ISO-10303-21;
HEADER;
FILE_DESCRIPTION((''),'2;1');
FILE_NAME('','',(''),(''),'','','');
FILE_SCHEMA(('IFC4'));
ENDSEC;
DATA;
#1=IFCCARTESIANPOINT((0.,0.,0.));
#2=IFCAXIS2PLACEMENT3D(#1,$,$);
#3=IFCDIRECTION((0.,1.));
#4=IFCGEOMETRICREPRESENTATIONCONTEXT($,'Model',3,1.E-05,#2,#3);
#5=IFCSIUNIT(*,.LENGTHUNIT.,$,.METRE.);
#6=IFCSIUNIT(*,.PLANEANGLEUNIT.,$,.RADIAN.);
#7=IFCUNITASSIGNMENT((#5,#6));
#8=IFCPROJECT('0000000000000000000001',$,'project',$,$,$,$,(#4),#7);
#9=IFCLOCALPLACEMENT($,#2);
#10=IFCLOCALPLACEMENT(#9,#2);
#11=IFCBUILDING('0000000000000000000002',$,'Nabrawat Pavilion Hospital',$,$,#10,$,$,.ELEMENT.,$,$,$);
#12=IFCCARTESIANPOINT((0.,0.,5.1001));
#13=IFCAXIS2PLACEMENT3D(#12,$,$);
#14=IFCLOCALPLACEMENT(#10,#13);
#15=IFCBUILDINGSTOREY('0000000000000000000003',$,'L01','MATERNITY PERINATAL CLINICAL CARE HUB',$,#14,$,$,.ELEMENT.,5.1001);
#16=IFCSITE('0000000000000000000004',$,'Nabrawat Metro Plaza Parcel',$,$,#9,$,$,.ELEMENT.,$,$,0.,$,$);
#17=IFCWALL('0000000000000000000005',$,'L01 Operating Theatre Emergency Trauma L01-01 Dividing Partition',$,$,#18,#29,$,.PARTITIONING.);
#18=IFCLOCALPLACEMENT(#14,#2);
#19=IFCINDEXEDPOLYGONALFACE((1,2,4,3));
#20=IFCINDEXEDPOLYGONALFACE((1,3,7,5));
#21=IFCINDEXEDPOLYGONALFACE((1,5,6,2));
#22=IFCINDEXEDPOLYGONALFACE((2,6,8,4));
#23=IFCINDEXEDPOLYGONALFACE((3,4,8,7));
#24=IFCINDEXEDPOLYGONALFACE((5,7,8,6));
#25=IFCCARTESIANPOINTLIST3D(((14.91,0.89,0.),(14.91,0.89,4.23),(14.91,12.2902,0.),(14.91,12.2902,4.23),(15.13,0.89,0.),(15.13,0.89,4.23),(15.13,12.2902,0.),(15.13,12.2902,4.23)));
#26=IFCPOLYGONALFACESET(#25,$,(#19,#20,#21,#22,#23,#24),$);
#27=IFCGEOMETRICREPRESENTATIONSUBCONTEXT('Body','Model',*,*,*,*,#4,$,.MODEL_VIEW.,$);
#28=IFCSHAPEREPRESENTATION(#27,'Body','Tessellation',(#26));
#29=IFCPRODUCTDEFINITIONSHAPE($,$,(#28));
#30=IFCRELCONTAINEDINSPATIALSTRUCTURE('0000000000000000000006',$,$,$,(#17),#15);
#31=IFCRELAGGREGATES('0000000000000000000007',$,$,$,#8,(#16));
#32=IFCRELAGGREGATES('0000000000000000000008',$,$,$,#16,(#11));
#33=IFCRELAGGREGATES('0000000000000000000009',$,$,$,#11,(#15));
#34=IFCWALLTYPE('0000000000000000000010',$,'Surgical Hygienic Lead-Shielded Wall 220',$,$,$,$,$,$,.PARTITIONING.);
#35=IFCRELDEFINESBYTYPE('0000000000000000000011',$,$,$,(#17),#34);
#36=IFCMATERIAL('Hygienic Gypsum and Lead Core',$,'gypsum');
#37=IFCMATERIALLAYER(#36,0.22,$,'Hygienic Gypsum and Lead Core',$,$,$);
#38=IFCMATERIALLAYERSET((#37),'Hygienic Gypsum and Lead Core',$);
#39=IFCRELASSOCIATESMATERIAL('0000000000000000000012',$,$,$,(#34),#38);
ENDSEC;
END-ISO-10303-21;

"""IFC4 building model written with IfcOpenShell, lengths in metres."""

from ifc_helpers import new_model, si_unit, direction, frame, frame_2d, origin, place, context, subcontext, project, spatial, rectangle, extrude, material, layer, layer_set, type_object, element, save


model = new_model("IFC4")

# Units and contexts
model_context = context("Model", 3, precision=1e-05, world=origin(), true_north=direction((0.0, 1.0)))
body_context = subcontext(model_context, "Body", "Model", "MODEL_VIEW")
ifc_project = project(units=[si_unit("LENGTHUNIT", "METRE"), si_unit("PLANEANGLEUNIT", "RADIAN")], contexts=[model_context])

# Site, building, storey
site_placement = place(None, origin())
site = spatial("IfcSite", under=ifc_project, at=site_placement, Name="Nabrawat Metro Plaza Parcel", CompositionType="ELEMENT", RefElevation=0.0)
building_placement = place(site_placement, origin())
building = spatial("IfcBuilding", under=site, at=building_placement, Name="Nabrawat Pavilion Hospital", CompositionType="ELEMENT")
storey_placement = place(building_placement, frame((0.0, 0.0, 5.1001)))
storey = spatial("IfcBuildingStorey", under=building, at=storey_placement, Name="L01", Description="MATERNITY PERINATAL CLINICAL CARE HUB", CompositionType="ELEMENT", Elevation=5.1001)

# Wall
ifc_material_1 = material(Name="Hygienic Gypsum and Lead Core", Category="gypsum")
ifc_layer_1 = layer(ifc_material_1, 0.22, Name="Hygienic Gypsum and Lead Core")
ifc_layer_set_1 = layer_set([ifc_layer_1], Name="Hygienic Gypsum and Lead Core")
wall_type_1 = type_object("IfcWallType", Name="Surgical Hygienic Lead-Shielded Wall 220", PredefinedType="PARTITIONING", material=ifc_layer_set_1)
wall_1_placement = place(storey_placement, frame((15.02, 0.8899, 0.0), z_axis=(0.0, 0.0, 1.0), x_axis=(0.0, 1.0, 0.0)))
element("IfcWall", 1, at=wall_1_placement, inside=storey, type_object=wall_type_1, Name="L01 Operating Theatre Emergency Trauma L01-01 Dividing Partition", PredefinedType="PARTITIONING", context=body_context, shape_type="SweptSolid", body=[
    extrude(rectangle(XDim=11.4001, YDim=0.22, at=frame_2d((5.7002, 0.0))), origin(), (0.0, 0.0, 1.0), 4.23),
])

save(model, "model.ifc")
